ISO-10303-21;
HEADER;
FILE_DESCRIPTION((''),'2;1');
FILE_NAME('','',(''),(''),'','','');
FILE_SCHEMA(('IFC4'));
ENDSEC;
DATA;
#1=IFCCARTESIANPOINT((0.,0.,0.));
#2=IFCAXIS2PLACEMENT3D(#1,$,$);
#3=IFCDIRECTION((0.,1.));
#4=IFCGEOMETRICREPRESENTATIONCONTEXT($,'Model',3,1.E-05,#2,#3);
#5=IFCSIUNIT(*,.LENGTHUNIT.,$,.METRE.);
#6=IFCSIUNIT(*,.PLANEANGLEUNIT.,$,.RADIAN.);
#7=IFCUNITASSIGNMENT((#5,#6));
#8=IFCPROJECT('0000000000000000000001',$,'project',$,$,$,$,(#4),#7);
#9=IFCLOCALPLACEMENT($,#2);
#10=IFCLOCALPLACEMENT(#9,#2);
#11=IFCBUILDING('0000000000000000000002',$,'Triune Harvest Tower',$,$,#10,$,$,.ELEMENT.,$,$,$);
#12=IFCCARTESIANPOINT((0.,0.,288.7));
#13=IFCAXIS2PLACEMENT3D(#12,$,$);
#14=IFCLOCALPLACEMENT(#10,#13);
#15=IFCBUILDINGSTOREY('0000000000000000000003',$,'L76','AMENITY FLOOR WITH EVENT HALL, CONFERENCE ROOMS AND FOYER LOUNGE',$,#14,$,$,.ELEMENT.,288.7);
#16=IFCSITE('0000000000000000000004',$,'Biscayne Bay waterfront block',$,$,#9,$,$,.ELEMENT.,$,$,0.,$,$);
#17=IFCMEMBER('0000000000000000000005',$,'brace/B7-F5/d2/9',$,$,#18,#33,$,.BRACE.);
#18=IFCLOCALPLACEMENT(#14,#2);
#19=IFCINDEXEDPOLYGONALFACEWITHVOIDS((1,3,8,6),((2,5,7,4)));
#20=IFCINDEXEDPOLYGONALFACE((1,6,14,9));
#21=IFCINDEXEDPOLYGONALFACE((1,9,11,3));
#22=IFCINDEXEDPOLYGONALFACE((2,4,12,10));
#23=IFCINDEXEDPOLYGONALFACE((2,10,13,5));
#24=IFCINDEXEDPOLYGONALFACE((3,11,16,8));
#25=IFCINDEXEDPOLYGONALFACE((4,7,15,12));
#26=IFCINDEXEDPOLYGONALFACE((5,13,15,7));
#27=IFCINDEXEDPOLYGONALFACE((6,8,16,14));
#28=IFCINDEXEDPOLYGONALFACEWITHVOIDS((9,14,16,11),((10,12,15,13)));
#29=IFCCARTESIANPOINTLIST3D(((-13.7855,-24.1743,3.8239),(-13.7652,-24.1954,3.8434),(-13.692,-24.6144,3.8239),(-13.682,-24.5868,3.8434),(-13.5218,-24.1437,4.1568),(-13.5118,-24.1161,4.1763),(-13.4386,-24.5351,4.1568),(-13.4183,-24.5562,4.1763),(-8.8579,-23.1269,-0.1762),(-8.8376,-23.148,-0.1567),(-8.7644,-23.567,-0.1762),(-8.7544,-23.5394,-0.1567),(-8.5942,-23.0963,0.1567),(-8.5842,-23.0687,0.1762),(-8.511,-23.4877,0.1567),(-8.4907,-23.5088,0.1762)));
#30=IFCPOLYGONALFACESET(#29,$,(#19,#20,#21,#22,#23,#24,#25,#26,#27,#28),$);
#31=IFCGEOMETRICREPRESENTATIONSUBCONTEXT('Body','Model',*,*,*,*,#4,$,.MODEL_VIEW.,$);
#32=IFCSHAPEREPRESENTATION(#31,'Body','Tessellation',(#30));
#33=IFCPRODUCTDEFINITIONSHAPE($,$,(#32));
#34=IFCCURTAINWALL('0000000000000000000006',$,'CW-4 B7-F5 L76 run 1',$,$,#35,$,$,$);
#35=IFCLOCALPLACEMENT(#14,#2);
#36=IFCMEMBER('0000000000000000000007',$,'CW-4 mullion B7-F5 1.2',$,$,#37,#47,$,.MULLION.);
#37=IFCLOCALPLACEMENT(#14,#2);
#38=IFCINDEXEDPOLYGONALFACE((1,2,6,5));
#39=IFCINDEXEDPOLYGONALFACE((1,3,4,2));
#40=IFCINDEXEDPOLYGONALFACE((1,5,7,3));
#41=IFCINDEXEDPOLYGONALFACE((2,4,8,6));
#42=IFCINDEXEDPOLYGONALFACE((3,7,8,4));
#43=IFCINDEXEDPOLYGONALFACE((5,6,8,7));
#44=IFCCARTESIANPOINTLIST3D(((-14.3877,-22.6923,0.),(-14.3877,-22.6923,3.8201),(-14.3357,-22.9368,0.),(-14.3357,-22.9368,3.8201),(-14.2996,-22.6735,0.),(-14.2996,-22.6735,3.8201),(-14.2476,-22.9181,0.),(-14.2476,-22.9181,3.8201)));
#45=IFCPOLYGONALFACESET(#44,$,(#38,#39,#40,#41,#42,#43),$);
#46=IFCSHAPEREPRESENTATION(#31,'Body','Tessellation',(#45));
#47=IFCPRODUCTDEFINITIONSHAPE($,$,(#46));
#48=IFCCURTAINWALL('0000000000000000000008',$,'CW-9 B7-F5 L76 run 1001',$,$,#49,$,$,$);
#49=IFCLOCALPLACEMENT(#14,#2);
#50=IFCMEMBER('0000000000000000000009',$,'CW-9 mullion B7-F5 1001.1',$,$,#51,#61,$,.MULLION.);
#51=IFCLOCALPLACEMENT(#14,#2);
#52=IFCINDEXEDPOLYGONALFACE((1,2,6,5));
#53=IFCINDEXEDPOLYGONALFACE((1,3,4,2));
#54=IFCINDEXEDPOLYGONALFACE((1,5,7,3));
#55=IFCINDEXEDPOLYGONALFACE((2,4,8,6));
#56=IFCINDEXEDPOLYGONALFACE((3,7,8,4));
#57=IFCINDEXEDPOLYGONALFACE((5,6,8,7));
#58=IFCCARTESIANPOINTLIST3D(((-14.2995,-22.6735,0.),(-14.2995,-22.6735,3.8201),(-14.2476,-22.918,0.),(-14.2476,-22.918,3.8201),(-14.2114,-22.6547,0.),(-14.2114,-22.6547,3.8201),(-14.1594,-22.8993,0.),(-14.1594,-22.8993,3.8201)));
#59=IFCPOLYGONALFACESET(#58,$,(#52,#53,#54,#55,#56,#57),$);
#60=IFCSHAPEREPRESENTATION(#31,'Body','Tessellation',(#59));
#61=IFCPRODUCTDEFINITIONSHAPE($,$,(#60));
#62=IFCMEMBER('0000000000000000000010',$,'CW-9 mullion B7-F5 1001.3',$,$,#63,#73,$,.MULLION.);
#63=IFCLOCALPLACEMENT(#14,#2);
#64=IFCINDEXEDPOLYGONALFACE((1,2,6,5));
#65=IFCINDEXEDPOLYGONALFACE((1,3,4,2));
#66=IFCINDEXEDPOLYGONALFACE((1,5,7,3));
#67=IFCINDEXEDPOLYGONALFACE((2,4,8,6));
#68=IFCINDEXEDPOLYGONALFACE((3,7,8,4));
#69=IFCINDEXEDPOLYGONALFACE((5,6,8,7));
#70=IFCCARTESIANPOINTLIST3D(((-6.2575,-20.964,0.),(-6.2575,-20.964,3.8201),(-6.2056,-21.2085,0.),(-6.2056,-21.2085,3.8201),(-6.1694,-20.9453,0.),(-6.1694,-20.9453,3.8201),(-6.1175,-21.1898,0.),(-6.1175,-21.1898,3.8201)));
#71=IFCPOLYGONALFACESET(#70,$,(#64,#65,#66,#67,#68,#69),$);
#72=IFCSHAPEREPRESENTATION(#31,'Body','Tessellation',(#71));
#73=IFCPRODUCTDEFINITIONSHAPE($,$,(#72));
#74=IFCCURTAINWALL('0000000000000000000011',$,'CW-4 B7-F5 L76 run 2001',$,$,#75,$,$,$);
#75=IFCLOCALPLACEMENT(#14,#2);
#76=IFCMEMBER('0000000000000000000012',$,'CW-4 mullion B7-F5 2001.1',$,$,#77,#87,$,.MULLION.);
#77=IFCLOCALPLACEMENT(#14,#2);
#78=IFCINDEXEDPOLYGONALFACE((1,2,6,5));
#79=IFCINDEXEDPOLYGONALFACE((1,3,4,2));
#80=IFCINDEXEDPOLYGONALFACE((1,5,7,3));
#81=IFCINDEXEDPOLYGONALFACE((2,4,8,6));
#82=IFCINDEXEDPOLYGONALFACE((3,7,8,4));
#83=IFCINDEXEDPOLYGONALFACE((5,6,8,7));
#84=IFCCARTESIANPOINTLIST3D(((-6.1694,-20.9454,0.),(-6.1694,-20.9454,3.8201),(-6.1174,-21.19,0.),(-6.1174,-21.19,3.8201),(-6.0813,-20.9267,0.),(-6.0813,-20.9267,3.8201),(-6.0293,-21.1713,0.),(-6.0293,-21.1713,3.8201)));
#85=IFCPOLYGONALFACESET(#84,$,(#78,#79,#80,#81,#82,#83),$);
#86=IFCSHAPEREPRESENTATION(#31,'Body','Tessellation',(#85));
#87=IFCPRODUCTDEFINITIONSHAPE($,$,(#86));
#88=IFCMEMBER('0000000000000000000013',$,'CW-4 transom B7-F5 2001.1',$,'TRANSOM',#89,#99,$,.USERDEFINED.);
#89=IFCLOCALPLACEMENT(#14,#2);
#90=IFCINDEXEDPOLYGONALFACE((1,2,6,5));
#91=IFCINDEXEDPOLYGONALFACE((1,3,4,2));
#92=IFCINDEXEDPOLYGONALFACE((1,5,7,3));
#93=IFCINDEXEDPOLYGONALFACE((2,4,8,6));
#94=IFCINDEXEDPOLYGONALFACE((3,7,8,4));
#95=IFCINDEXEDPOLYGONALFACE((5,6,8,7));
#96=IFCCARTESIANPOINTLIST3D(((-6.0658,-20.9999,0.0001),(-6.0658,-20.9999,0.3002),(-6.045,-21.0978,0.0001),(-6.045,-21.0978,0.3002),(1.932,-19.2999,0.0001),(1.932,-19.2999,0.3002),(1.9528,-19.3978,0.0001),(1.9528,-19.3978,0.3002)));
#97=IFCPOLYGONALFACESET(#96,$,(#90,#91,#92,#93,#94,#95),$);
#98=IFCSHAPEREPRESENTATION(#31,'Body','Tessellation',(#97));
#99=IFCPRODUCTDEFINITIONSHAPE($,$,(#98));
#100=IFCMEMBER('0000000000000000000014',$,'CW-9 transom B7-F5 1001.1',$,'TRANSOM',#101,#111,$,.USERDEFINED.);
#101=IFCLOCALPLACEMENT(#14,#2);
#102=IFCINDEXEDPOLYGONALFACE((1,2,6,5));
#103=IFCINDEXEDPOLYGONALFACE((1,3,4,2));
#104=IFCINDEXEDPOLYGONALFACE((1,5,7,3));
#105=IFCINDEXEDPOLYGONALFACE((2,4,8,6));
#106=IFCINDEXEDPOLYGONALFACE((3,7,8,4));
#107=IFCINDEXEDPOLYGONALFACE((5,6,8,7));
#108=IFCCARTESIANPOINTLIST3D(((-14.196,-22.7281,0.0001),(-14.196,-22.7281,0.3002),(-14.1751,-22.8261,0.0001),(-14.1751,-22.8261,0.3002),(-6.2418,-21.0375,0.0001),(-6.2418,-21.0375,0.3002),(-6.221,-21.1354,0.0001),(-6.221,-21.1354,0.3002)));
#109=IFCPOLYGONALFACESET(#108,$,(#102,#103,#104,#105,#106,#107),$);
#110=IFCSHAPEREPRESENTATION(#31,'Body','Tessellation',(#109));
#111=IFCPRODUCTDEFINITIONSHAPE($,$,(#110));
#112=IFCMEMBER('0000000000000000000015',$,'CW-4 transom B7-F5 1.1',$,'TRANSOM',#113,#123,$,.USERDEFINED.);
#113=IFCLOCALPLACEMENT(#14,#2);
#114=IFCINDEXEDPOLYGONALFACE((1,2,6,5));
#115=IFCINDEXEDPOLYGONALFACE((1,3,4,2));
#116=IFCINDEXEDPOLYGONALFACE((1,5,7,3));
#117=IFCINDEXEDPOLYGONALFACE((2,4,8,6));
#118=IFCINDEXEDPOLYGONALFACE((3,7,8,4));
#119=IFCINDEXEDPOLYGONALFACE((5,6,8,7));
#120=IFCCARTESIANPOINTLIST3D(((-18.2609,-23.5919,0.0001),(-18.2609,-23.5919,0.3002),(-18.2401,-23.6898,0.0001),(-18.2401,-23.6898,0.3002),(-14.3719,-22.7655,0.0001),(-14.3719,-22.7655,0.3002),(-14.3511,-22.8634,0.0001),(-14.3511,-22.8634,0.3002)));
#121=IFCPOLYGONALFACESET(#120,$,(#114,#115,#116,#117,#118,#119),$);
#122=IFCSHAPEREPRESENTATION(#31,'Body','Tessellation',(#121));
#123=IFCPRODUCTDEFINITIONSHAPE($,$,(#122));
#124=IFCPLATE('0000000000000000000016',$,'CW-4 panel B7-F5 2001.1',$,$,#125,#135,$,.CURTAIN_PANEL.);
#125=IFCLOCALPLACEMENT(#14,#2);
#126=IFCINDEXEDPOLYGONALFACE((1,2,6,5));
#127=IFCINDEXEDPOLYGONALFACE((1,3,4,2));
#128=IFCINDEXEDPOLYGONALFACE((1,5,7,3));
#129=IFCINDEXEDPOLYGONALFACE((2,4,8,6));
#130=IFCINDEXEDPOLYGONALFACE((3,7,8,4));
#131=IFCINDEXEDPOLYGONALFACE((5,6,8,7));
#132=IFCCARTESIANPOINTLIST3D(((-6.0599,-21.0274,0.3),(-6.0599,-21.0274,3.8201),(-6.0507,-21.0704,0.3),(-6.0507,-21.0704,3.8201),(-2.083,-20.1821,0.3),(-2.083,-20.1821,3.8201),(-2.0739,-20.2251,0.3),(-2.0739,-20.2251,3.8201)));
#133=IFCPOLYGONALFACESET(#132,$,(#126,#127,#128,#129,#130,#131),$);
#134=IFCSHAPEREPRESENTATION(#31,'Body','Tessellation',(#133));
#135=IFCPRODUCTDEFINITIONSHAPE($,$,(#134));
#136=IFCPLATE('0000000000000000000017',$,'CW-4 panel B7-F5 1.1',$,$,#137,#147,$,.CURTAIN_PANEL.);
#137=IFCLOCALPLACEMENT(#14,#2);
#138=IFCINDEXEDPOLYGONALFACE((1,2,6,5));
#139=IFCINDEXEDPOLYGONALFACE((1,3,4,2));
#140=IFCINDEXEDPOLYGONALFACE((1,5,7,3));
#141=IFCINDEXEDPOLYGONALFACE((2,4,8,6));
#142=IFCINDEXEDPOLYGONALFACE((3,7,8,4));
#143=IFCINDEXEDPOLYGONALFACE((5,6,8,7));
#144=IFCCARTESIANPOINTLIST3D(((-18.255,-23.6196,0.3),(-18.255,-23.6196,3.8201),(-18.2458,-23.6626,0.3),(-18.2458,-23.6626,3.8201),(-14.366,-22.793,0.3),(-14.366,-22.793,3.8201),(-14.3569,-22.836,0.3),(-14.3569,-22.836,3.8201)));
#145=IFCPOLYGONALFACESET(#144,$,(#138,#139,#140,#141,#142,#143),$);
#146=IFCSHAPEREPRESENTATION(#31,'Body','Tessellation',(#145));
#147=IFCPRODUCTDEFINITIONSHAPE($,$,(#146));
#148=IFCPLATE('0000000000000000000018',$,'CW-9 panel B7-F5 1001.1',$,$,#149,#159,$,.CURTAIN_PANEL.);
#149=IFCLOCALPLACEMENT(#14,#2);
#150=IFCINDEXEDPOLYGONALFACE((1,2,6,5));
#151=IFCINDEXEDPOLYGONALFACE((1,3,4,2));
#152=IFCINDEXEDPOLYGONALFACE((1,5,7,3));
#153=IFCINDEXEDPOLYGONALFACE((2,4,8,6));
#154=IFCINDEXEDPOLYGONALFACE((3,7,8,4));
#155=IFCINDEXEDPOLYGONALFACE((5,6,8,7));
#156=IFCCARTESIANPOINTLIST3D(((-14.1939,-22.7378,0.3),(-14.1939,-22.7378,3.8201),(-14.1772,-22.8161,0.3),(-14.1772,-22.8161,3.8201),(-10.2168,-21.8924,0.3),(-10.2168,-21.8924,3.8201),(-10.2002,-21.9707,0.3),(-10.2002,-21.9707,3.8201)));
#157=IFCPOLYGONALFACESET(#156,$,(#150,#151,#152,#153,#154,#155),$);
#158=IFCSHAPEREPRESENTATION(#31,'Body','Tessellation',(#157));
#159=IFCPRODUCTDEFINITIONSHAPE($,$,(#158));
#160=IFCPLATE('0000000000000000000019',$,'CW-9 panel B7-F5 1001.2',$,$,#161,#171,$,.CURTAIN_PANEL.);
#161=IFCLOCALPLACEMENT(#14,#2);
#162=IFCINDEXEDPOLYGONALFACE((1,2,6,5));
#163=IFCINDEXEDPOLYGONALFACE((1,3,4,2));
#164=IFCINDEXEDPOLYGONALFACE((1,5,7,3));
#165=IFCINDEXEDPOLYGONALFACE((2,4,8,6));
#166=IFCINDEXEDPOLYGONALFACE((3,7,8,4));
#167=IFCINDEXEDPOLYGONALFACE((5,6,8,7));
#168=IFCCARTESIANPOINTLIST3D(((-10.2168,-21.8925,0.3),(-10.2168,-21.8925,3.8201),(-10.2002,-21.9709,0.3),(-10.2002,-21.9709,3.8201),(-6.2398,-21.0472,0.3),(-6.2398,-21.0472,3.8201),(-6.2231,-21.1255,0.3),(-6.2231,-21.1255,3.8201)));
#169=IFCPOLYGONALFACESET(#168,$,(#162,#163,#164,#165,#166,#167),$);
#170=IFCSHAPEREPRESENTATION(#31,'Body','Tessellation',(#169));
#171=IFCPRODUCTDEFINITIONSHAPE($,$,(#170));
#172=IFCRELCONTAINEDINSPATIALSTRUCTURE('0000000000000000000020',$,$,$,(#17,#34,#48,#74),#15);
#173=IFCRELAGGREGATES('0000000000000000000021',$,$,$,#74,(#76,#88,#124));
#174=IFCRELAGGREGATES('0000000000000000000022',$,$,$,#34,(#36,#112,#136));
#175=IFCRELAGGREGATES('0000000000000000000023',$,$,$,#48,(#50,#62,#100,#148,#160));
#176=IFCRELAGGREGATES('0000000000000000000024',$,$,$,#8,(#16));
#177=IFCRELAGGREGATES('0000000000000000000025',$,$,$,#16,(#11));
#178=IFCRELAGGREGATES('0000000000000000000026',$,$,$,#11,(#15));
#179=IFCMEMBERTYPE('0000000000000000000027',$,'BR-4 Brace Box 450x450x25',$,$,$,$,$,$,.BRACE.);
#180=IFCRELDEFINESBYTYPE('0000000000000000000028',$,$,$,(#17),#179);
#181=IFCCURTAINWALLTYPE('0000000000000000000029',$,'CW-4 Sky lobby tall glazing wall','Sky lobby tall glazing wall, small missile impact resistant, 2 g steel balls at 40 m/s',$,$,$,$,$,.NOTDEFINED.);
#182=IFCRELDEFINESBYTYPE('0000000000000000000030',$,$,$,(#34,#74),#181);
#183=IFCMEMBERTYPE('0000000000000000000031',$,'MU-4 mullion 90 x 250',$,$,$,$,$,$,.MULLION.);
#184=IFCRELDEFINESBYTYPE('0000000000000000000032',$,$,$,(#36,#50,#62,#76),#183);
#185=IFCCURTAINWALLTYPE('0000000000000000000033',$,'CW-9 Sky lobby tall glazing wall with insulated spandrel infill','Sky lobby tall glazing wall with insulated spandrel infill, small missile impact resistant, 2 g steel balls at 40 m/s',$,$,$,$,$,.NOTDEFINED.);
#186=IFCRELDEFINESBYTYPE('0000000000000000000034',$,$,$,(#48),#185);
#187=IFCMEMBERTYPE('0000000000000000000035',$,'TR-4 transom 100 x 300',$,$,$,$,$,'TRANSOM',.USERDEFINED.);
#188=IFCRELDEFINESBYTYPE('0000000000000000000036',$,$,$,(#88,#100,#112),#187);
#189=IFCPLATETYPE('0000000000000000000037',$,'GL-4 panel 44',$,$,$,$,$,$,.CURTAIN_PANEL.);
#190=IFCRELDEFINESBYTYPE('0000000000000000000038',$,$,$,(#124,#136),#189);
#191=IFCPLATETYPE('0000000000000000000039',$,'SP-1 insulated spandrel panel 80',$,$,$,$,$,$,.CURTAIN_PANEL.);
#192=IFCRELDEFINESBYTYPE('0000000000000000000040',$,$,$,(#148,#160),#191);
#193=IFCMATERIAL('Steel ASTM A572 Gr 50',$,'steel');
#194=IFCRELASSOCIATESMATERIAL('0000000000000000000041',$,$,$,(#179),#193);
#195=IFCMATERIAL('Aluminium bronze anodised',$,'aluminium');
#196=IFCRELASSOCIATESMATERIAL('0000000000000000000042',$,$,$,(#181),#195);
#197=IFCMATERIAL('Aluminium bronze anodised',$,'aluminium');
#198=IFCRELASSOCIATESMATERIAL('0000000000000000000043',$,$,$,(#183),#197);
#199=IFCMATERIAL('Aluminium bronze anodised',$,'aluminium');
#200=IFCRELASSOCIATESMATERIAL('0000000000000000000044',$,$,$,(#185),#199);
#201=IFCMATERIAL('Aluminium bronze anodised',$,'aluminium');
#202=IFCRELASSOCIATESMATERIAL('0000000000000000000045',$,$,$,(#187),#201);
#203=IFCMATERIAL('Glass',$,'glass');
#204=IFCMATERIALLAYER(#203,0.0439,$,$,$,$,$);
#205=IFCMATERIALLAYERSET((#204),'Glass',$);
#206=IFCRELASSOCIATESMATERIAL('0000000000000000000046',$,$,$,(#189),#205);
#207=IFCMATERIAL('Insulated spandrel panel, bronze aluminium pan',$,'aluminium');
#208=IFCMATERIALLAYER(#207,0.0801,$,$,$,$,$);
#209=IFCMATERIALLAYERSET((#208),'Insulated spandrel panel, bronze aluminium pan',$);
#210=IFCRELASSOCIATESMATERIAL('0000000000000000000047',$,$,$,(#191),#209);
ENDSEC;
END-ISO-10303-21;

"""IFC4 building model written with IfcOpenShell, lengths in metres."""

from ifc_helpers import new_model, si_unit, direction, frame, origin, origin_2d, place, context, subcontext, project, spatial, rectangle, hollow_rectangle, extrude, source, transform, mapped, material, layer, layer_set, material_profile, profile_set, type_object, element, aggregate, save


model = new_model("IFC4")

# Units and contexts
model_context = context("Model", 3, precision=1e-05, world=origin(), true_north=direction((0.0, 1.0)))
body_context = subcontext(model_context, "Body", "Model", "MODEL_VIEW")
ifc_project = project(units=[si_unit("LENGTHUNIT", "METRE"), si_unit("PLANEANGLEUNIT", "RADIAN")], contexts=[model_context])

# Site, building, storey
site_placement = place(None, origin())
site = spatial("IfcSite", under=ifc_project, at=site_placement, Name="Biscayne Bay waterfront block", CompositionType="ELEMENT", RefElevation=0.0)
building_placement = place(site_placement, origin())
building = spatial("IfcBuilding", under=site, at=building_placement, Name="Triune Harvest Tower", CompositionType="ELEMENT")
storey_placement = place(building_placement, frame((0.0, 0.0, 288.7)))
storey = spatial("IfcBuildingStorey", under=building, at=storey_placement, Name="L76", Description="AMENITY FLOOR WITH EVENT HALL, CONFERENCE ROOMS AND FOYER LOUNGE", CompositionType="ELEMENT", Elevation=288.7)

# Member
ifc_material_1 = material(Name="Steel ASTM A572 Gr 50", Category="steel")
ifc_material_profile_1 = material_profile(ifc_material_1, hollow_rectangle(XDim=0.45, YDim=0.45, WallThickness=0.0249, at=origin_2d()), Name="Box 450x450x25")
ifc_profile_set_1 = profile_set([ifc_material_profile_1], Name="Steel ASTM A572 Gr 50")
member_type_1 = type_object("IfcMemberType", Name="BR-4 Brace Box 450x450x25", PredefinedType="BRACE", material=ifc_profile_set_1)
shared_shape_1 = source(origin(), body_context, "Body", "SweptSolid", [
    extrude(hollow_rectangle(XDim=0.45, YDim=0.45, WallThickness=0.0249, at=origin_2d()), origin(), (0.0, 0.0, 1.0), 6.4326),
])
member_1_placement = place(storey_placement, frame((-8.6743, -23.3179, 0.0), z_axis=(-0.76603, -0.162824, 0.621842), x_axis=(0.20791, -0.978148, 0.0)))
element("IfcMember", 1, at=member_1_placement, inside=storey, type_object=member_type_1, Name="brace/B7-F5/d2/9", PredefinedType="BRACE", context=body_context, shape_type="MappedRepresentation", body=[
    mapped(shared_shape_1, transform((0.0, 0.0, 0.0), scale=1.0)),
])

# Curtain wall, member
ifc_material_2 = material(Name="Aluminium bronze anodised", Category="aluminium")
curtain_wall_type_1 = type_object("IfcCurtainWallType", Name="CW-4 Sky lobby tall glazing wall", Description="Sky lobby tall glazing wall, small missile impact resistant, 2 g steel balls at 40 m/s", PredefinedType="NOTDEFINED", material=ifc_material_2)
curtain_wall_1_placement = place(storey_placement, origin())
curtain_wall_1 = element("IfcCurtainWall", 2, at=curtain_wall_1_placement, inside=storey, type_object=curtain_wall_type_1, Name="CW-4 B7-F5 L76 run 1")
ifc_material_3 = material(Name="Aluminium bronze anodised", Category="aluminium")
ifc_material_profile_2 = material_profile(ifc_material_3, rectangle(XDim=0.25, YDim=0.0901, at=origin_2d()), Name="MU-4 mullion 90 x 250")
ifc_profile_set_2 = profile_set([ifc_material_profile_2], Name="Aluminium bronze anodised")
member_type_2 = type_object("IfcMemberType", Name="MU-4 mullion 90 x 250", PredefinedType="MULLION", material=ifc_profile_set_2)
shared_shape_2 = source(origin(), body_context, "Body", "SweptSolid", [
    extrude(rectangle(XDim=0.25, YDim=0.0901, at=origin_2d()), origin(), (0.0, 0.0, 1.0), 3.8201),
])
member_2_placement = place(storey_placement, frame((-14.3176, -22.8052, 0.0), z_axis=(0.0, 0.0, 1.0), x_axis=(-0.207901, 0.97815, 0.0)))
member_2 = element("IfcMember", 3, at=member_2_placement, type_object=member_type_2, Name="CW-4 mullion B7-F5 1.2", PredefinedType="MULLION", context=body_context, shape_type="MappedRepresentation", body=[
    mapped(shared_shape_2, transform((0.0, 0.0, 0.0), scale=1.0)),
])

# Curtain walls, members
ifc_material_4 = material(Name="Aluminium bronze anodised", Category="aluminium")
curtain_wall_type_2 = type_object("IfcCurtainWallType", Name="CW-9 Sky lobby tall glazing wall with insulated spandrel infill", Description="Sky lobby tall glazing wall with insulated spandrel infill, small missile impact resistant, 2 g steel balls at 40 m/s", PredefinedType="NOTDEFINED", material=ifc_material_4)
curtain_wall_2_placement = place(storey_placement, origin())
curtain_wall_2 = element("IfcCurtainWall", 4, at=curtain_wall_2_placement, inside=storey, type_object=curtain_wall_type_2, Name="CW-9 B7-F5 L76 run 1001")
member_3_placement = place(storey_placement, frame((-14.2295, -22.7864, 0.0), z_axis=(0.0, 0.0, 1.0), x_axis=(-0.207913, 0.978147, 0.0)))
member_3 = element("IfcMember", 5, at=member_3_placement, type_object=member_type_2, Name="CW-9 mullion B7-F5 1001.1", PredefinedType="MULLION", context=body_context, shape_type="MappedRepresentation", body=[
    mapped(shared_shape_2, transform((0.0, 0.0, 0.0), scale=1.0)),
])
member_4_placement = place(storey_placement, frame((-6.1875, -21.0769, 0.0), z_axis=(0.0, 0.0, 1.0), x_axis=(-0.207913, 0.978147, 0.0)))
member_4 = element("IfcMember", 6, at=member_4_placement, type_object=member_type_2, Name="CW-9 mullion B7-F5 1001.3", PredefinedType="MULLION", context=body_context, shape_type="MappedRepresentation", body=[
    mapped(shared_shape_2, transform((0.0, 0.0, 0.0), scale=1.0)),
])
curtain_wall_3_placement = place(storey_placement, origin())
curtain_wall_3 = element("IfcCurtainWall", 7, at=curtain_wall_3_placement, inside=storey, type_object=curtain_wall_type_1, Name="CW-4 B7-F5 L76 run 2001")
member_5_placement = place(storey_placement, frame((-6.0994, -21.0583, 0.0), z_axis=(0.0, 0.0, 1.0), x_axis=(-0.207913, 0.978147, 0.0)))
member_5 = element("IfcMember", 8, at=member_5_placement, type_object=member_type_2, Name="CW-4 mullion B7-F5 2001.1", PredefinedType="MULLION", context=body_context, shape_type="MappedRepresentation", body=[
    mapped(shared_shape_2, transform((0.0, 0.0, 0.0), scale=1.0)),
])
ifc_material_5 = material(Name="Aluminium bronze anodised", Category="aluminium")
ifc_material_profile_3 = material_profile(ifc_material_5, rectangle(XDim=0.1001, YDim=0.3, at=origin_2d()), Name="TR-4 transom 100 x 300")
ifc_profile_set_3 = profile_set([ifc_material_profile_3], Name="Aluminium bronze anodised")
member_type_3 = type_object("IfcMemberType", Name="TR-4 transom 100 x 300", ElementType="TRANSOM", PredefinedType="USERDEFINED", material=ifc_profile_set_3)
shared_shape_3 = source(origin(), body_context, "Body", "SweptSolid", [
    extrude(rectangle(XDim=0.1001, YDim=0.3, at=origin_2d()), origin(), (0.0, 0.0, 1.0), 8.1765),
])
member_6_placement = place(storey_placement, frame((-6.0554, -21.0488, 0.1501), z_axis=(0.978148, 0.207908, 0.0), x_axis=(-0.207908, 0.978148, 0.0)))
member_6 = element("IfcMember", 9, at=member_6_placement, type_object=member_type_3, Name="CW-4 transom B7-F5 2001.1", ObjectType="TRANSOM", PredefinedType="USERDEFINED", context=body_context, shape_type="MappedRepresentation", body=[
    mapped(shared_shape_3, transform((0.0, 0.0, 0.0), scale=1.0)),
])

# Members
shared_shape_4 = source(origin(), body_context, "Body", "SweptSolid", [
    extrude(rectangle(XDim=0.1001, YDim=0.3, at=origin_2d()), origin(), (0.0, 0.0, 1.0), 8.1318),
])
member_7_placement = place(storey_placement, frame((-14.1855, -22.7771, 0.1501), z_axis=(0.978148, 0.207909, 0.0), x_axis=(-0.207909, 0.978148, 0.0)))
member_7 = element("IfcMember", 10, at=member_7_placement, type_object=member_type_3, Name="CW-9 transom B7-F5 1001.1", ObjectType="TRANSOM", PredefinedType="USERDEFINED", context=body_context, shape_type="MappedRepresentation", body=[
    mapped(shared_shape_4, transform((0.0, 0.0, 0.0), scale=1.0)),
])
shared_shape_5 = source(origin(), body_context, "Body", "SweptSolid", [
    extrude(rectangle(XDim=0.1001, YDim=0.3, at=origin_2d()), origin(), (0.0, 0.0, 1.0), 3.9758),
])
member_8_placement = place(storey_placement, frame((-18.2505, -23.6409, 0.1501), z_axis=(0.978158, 0.207864, 0.0), x_axis=(-0.207864, 0.978158, 0.0)))
member_8 = element("IfcMember", 11, at=member_8_placement, type_object=member_type_3, Name="CW-4 transom B7-F5 1.1", ObjectType="TRANSOM", PredefinedType="USERDEFINED", context=body_context, shape_type="MappedRepresentation", body=[
    mapped(shared_shape_5, transform((0.0, 0.0, 0.0), scale=1.0)),
])

# Plates
ifc_material_6 = material(Name="Glass", Category="glass")
ifc_layer_1 = layer(ifc_material_6, 0.0439)
ifc_layer_set_1 = layer_set([ifc_layer_1], Name="Glass")
plate_type_1 = type_object("IfcPlateType", Name="GL-4 panel 44", PredefinedType="CURTAIN_PANEL", material=ifc_layer_set_1)
shared_shape_6 = source(origin(), body_context, "Body", "SweptSolid", [
    extrude(rectangle(XDim=4.0657, YDim=0.0439, at=origin_2d()), origin(), (0.0, 0.0, 1.0), 3.52),
])
plate_1_placement = place(storey_placement, frame((-4.0669, -20.6262, 0.3), z_axis=(0.0, 0.0, 1.0), x_axis=(0.978147, 0.207913, 0.0)))
plate_1 = element("IfcPlate", 12, at=plate_1_placement, type_object=plate_type_1, Name="CW-4 panel B7-F5 2001.1", PredefinedType="CURTAIN_PANEL", context=body_context, shape_type="MappedRepresentation", body=[
    mapped(shared_shape_6, transform((0.0, 0.0, 0.0), scale=1.0)),
])
aggregate(curtain_wall_3, [member_5, member_6, plate_1])
shared_shape_7 = source(origin(), body_context, "Body", "SweptSolid", [
    extrude(rectangle(XDim=3.9758, YDim=0.0439, at=origin_2d()), origin(), (0.0, 0.0, 1.0), 3.52),
])
plate_2_placement = place(storey_placement, frame((-16.3059, -23.2278, 0.3), z_axis=(0.0, 0.0, 1.0), x_axis=(0.97815, 0.207901, 0.0)))
plate_2 = element("IfcPlate", 13, at=plate_2_placement, type_object=plate_type_1, Name="CW-4 panel B7-F5 1.1", PredefinedType="CURTAIN_PANEL", context=body_context, shape_type="MappedRepresentation", body=[
    mapped(shared_shape_7, transform((0.0, 0.0, 0.0), scale=1.0)),
])
aggregate(curtain_wall_1, [member_2, member_8, plate_2])
ifc_material_7 = material(Name="Insulated spandrel panel, bronze aluminium pan", Category="aluminium")
ifc_layer_2 = layer(ifc_material_7, 0.0801)
ifc_layer_set_2 = layer_set([ifc_layer_2], Name="Insulated spandrel panel, bronze aluminium pan")
plate_type_2 = type_object("IfcPlateType", Name="SP-1 insulated spandrel panel 80", PredefinedType="CURTAIN_PANEL", material=ifc_layer_set_2)
shared_shape_8 = source(origin(), body_context, "Body", "SweptSolid", [
    extrude(rectangle(XDim=4.0659, YDim=0.0801, at=origin_2d()), origin(), (0.0, 0.0, 1.0), 3.52),
])
plate_3_placement = place(storey_placement, frame((-12.197, -22.3542, 0.3), z_axis=(0.0, 0.0, 1.0), x_axis=(0.978147, 0.207913, 0.0)))
plate_3 = element("IfcPlate", 14, at=plate_3_placement, type_object=plate_type_2, Name="CW-9 panel B7-F5 1001.1", PredefinedType="CURTAIN_PANEL", context=body_context, shape_type="MappedRepresentation", body=[
    mapped(shared_shape_8, transform((0.0, 0.0, 0.0), scale=1.0)),
])
plate_4_placement = place(storey_placement, frame((-8.22, -21.509, 0.3), z_axis=(0.0, 0.0, 1.0), x_axis=(0.978147, 0.207913, 0.0)))
plate_4 = element("IfcPlate", 15, at=plate_4_placement, type_object=plate_type_2, Name="CW-9 panel B7-F5 1001.2", PredefinedType="CURTAIN_PANEL", context=body_context, shape_type="MappedRepresentation", body=[
    mapped(shared_shape_8, transform((0.0, 0.0, 0.0), scale=1.0)),
])
aggregate(curtain_wall_2, [member_3, member_4, member_7, plate_3, plate_4])

save(model, "model.ifc")
